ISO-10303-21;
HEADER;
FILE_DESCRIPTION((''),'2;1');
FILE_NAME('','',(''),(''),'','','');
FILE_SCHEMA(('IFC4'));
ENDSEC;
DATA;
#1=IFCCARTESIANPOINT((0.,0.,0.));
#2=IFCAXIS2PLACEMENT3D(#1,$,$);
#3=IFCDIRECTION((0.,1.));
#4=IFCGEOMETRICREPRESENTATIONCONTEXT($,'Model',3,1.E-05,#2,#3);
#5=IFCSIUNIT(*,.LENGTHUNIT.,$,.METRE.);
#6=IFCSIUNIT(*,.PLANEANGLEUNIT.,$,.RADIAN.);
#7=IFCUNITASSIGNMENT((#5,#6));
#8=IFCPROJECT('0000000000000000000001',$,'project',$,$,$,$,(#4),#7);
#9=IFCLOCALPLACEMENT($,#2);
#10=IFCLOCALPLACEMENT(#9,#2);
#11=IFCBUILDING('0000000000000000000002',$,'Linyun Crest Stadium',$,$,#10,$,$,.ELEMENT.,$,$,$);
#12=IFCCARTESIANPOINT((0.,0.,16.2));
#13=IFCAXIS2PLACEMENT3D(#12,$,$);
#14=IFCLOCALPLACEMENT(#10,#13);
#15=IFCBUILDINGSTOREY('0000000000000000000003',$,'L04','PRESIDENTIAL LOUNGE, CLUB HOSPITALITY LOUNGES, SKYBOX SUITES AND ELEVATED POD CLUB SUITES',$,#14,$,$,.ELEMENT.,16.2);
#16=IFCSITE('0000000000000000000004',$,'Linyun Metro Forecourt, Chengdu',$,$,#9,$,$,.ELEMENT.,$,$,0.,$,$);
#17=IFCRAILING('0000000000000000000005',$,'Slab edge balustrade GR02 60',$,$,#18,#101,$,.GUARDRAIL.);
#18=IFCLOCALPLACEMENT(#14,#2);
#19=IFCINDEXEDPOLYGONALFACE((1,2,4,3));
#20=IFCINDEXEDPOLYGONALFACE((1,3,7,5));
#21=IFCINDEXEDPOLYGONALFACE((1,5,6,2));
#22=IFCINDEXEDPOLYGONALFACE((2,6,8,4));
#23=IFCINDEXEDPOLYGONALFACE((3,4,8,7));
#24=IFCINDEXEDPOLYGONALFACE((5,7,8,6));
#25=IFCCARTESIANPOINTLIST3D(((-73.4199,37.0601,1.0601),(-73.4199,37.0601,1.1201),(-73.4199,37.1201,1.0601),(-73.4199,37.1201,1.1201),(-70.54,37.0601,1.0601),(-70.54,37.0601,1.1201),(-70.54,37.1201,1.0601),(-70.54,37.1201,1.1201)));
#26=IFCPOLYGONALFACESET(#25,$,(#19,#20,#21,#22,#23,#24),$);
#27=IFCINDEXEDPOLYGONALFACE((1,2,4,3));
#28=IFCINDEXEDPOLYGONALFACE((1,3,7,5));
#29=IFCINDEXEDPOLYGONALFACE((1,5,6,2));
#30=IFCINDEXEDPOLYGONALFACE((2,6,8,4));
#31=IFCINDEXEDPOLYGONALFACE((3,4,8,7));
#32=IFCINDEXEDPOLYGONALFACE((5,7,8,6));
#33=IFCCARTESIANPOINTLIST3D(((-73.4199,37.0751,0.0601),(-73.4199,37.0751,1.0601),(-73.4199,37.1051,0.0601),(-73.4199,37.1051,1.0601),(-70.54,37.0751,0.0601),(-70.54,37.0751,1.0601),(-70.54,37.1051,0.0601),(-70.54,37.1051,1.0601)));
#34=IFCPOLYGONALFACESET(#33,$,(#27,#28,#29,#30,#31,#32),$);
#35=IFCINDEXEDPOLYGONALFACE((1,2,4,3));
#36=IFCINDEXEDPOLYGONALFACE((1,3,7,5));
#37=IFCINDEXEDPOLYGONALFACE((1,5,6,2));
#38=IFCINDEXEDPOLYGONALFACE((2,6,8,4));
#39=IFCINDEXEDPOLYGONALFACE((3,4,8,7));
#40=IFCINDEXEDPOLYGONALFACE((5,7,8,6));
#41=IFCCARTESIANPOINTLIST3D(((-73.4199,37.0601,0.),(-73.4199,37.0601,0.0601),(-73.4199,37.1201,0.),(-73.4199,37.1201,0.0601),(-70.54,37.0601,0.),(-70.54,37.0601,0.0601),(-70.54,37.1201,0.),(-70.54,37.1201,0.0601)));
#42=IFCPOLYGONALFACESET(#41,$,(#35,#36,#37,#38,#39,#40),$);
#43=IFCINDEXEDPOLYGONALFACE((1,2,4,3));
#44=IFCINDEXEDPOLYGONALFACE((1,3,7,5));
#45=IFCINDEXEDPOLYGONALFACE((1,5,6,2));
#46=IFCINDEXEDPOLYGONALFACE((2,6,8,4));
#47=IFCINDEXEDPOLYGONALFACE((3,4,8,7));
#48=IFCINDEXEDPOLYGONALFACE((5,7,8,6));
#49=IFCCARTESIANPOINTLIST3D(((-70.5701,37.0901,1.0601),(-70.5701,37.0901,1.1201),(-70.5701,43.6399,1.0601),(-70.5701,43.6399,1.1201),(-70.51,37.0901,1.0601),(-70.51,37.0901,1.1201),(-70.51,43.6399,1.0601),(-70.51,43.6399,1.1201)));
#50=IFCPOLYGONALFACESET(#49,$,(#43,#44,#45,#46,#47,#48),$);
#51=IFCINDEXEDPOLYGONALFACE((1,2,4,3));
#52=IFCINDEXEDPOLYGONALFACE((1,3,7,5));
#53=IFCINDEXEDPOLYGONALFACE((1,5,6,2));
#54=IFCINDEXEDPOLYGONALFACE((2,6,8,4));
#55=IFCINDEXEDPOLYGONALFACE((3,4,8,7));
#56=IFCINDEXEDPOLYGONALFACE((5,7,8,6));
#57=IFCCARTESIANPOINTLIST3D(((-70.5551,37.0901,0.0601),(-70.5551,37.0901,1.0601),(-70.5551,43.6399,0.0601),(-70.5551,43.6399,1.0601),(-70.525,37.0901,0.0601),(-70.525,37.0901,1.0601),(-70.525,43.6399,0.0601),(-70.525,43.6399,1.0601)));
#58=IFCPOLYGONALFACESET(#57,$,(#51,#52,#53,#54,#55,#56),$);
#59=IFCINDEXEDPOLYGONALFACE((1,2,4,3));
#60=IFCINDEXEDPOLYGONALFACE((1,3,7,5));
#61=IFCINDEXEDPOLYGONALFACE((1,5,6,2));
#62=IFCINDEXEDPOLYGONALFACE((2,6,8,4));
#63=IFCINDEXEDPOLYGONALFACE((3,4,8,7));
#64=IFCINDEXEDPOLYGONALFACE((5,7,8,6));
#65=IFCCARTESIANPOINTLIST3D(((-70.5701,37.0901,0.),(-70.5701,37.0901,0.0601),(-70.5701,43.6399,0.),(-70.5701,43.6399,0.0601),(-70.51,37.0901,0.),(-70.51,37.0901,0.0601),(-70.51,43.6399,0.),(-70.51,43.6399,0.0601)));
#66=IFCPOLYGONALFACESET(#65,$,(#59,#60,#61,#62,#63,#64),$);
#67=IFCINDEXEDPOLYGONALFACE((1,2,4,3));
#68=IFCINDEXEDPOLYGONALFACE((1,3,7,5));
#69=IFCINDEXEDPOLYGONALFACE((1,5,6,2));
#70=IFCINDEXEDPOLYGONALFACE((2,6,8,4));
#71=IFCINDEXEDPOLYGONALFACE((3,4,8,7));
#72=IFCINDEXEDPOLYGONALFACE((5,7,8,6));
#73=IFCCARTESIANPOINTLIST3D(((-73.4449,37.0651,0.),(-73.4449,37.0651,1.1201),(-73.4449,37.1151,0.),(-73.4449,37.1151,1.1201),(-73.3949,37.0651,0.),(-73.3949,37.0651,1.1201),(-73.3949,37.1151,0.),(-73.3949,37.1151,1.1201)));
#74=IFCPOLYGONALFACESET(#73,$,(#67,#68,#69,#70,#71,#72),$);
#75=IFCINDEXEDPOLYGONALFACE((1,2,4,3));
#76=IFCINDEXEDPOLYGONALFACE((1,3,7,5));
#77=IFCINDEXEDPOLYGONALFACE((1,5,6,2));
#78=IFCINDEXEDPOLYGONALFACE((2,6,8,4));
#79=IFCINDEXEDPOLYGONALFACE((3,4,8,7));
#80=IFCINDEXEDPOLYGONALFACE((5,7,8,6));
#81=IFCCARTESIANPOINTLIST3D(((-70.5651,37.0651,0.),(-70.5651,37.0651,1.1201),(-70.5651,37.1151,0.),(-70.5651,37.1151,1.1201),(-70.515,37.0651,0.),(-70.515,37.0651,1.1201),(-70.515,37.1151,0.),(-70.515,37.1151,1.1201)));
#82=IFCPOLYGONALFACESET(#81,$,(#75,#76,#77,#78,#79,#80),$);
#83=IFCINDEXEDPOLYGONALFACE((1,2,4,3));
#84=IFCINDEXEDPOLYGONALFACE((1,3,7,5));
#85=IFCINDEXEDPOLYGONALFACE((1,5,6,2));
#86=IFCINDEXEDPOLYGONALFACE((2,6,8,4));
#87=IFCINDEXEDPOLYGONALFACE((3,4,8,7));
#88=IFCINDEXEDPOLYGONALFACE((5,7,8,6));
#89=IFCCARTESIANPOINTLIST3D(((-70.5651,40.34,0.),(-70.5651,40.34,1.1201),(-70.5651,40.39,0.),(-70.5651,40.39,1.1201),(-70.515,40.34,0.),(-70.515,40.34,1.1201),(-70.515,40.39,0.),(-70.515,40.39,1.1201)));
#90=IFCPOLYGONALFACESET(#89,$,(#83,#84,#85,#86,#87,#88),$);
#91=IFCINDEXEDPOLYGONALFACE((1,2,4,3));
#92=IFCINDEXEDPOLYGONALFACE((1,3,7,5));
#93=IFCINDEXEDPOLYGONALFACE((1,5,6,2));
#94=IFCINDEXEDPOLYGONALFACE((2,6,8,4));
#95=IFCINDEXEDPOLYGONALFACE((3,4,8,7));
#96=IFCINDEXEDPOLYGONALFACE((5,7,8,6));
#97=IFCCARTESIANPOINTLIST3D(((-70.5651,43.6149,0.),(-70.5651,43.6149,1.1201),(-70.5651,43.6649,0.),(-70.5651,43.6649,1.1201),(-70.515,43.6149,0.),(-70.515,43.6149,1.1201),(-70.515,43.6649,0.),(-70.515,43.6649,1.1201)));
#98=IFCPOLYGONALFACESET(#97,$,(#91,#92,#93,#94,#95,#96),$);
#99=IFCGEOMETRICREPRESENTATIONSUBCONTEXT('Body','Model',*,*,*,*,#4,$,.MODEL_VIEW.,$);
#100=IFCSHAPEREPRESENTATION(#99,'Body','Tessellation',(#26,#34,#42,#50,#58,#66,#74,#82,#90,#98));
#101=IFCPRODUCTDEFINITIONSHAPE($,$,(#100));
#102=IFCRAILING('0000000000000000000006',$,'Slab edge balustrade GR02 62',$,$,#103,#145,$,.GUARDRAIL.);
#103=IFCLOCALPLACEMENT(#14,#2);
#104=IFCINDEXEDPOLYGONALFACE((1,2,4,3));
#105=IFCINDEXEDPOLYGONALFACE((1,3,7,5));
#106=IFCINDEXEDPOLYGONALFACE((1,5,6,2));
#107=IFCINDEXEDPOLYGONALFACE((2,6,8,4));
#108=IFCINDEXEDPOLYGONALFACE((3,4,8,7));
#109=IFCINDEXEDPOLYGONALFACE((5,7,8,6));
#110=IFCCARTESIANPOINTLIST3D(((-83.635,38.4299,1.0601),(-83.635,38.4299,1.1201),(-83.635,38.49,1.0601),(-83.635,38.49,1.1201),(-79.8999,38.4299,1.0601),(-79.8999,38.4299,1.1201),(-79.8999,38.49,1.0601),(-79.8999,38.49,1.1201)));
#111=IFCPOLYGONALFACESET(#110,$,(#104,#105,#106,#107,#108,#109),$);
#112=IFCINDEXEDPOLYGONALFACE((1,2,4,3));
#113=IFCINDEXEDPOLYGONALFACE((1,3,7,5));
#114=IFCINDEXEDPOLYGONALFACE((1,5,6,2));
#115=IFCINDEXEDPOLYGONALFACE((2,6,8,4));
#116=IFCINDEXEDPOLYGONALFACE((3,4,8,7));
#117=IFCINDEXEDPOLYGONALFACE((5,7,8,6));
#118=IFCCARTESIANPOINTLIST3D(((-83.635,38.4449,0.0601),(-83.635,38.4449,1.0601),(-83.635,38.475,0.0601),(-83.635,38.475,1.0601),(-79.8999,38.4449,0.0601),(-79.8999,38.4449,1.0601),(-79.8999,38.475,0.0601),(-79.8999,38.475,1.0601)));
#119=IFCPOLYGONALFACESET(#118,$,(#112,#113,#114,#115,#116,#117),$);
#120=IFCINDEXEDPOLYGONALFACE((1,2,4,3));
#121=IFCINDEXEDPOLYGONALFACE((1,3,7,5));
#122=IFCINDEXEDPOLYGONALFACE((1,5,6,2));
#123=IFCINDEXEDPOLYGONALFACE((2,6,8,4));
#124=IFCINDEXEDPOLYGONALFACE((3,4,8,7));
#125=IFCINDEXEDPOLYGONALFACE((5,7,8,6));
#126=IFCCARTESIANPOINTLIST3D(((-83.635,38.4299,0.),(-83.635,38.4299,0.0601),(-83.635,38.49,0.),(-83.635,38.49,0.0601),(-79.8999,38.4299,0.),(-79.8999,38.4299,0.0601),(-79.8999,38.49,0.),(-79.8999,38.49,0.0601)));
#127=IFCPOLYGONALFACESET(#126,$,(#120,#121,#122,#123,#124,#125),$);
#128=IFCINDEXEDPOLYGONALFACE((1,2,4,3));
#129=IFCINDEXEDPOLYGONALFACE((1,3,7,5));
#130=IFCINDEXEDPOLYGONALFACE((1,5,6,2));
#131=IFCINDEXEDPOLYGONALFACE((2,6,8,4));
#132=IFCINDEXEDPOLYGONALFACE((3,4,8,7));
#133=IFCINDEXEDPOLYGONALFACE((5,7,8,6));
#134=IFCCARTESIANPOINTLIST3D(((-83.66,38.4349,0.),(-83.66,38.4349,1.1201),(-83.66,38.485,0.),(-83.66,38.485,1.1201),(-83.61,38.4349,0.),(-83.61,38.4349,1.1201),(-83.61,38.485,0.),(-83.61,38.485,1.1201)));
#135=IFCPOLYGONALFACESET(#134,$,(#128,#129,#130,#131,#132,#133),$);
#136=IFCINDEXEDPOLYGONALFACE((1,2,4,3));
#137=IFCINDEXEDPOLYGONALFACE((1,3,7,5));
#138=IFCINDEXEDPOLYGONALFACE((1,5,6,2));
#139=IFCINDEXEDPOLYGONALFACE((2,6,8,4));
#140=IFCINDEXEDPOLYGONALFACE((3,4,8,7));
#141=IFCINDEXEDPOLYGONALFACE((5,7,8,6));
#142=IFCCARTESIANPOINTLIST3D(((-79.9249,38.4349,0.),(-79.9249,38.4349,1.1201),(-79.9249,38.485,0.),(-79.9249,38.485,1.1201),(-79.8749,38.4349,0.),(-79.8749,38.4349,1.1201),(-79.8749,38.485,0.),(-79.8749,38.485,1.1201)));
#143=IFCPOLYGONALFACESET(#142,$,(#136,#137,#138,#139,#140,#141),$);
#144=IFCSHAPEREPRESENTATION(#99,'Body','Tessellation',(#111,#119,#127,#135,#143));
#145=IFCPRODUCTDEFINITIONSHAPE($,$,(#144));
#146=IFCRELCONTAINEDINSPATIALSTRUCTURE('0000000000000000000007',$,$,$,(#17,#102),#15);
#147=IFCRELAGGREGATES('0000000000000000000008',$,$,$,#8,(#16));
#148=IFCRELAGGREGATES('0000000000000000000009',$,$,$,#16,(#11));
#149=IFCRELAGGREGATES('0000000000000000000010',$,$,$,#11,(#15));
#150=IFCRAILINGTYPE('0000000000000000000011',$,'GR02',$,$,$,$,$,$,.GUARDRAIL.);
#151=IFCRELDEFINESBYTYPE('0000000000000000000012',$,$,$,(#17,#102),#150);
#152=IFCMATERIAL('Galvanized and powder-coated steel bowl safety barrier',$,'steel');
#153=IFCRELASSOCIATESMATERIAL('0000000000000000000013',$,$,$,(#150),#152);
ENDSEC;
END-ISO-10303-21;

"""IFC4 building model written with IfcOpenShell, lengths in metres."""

from ifc_helpers import new_model, si_unit, direction, frame, origin, origin_2d, place, context, subcontext, project, spatial, rectangle, extrude, material, type_object, element, save


model = new_model("IFC4")

# Units and contexts
model_context = context("Model", 3, precision=1e-05, world=origin(), true_north=direction((0.0, 1.0)))
body_context = subcontext(model_context, "Body", "Model", "MODEL_VIEW")
ifc_project = project(units=[si_unit("LENGTHUNIT", "METRE"), si_unit("PLANEANGLEUNIT", "RADIAN")], contexts=[model_context])

# Site, building, storey
site_placement = place(None, origin())
site = spatial("IfcSite", under=ifc_project, at=site_placement, Name="Linyun Metro Forecourt, Chengdu", CompositionType="ELEMENT", RefElevation=0.0)
building_placement = place(site_placement, origin())
building = spatial("IfcBuilding", under=site, at=building_placement, Name="Linyun Crest Stadium", CompositionType="ELEMENT")
storey_placement = place(building_placement, frame((0.0, 0.0, 16.2)))
storey = spatial("IfcBuildingStorey", under=building, at=storey_placement, Name="L04", Description="PRESIDENTIAL LOUNGE, CLUB HOSPITALITY LOUNGES, SKYBOX SUITES AND ELEVATED POD CLUB SUITES", CompositionType="ELEMENT", Elevation=16.2)

# Railings
ifc_material_1 = material(Name="Galvanized and powder-coated steel bowl safety barrier", Category="steel")
railing_type_1 = type_object("IfcRailingType", Name="GR02", PredefinedType="GUARDRAIL", material=ifc_material_1)
railing_1_placement = place(storey_placement, frame((-73.4199, 37.0901, 0.0)))
element("IfcRailing", 1, at=railing_1_placement, inside=storey, type_object=railing_type_1, Name="Slab edge balustrade GR02 60", PredefinedType="GUARDRAIL", context=body_context, shape_type="SweptSolid", body=[
    extrude(rectangle(XDim=0.0601, YDim=0.0601, at=origin_2d()), frame((0.0, 0.0, 1.0901), z_axis=(1.0, 0.0, 0.0), x_axis=(0.0, 1.0, 0.0)), (0.0, 0.0, 1.0), 2.8799),
    extrude(rectangle(XDim=0.03, YDim=1.0, at=origin_2d()), frame((0.0, 0.0, 0.5601), z_axis=(1.0, 0.0, 0.0), x_axis=(0.0, 1.0, 0.0)), (0.0, 0.0, 1.0), 2.8799),
    extrude(rectangle(XDim=0.0601, YDim=0.0601, at=origin_2d()), frame((0.0, 0.0, 0.03), z_axis=(1.0, 0.0, 0.0), x_axis=(0.0, 1.0, 0.0)), (0.0, 0.0, 1.0), 2.8799),
    extrude(rectangle(XDim=0.0601, YDim=0.0601, at=origin_2d()), frame((2.8799, 0.0, 1.0901), z_axis=(0.0, 1.0, 0.0), x_axis=(-1.0, 0.0, 0.0)), (0.0, 0.0, 1.0), 6.5498),
    extrude(rectangle(XDim=0.03, YDim=1.0, at=origin_2d()), frame((2.8799, 0.0, 0.5601), z_axis=(0.0, 1.0, 0.0), x_axis=(-1.0, 0.0, 0.0)), (0.0, 0.0, 1.0), 6.5498),
    extrude(rectangle(XDim=0.0601, YDim=0.0601, at=origin_2d()), frame((2.8799, 0.0, 0.03), z_axis=(0.0, 1.0, 0.0), x_axis=(-1.0, 0.0, 0.0)), (0.0, 0.0, 1.0), 6.5498),
    extrude(rectangle(XDim=0.05, YDim=0.05, at=origin_2d()), origin(), (0.0, 0.0, 1.0), 1.1201),
    extrude(rectangle(XDim=0.05, YDim=0.05, at=origin_2d()), frame((2.8799, 0.0, 0.0)), (0.0, 0.0, 1.0), 1.1201),
    extrude(rectangle(XDim=0.05, YDim=0.05, at=origin_2d()), frame((2.8799, 3.2749, 0.0)), (0.0, 0.0, 1.0), 1.1201),
    extrude(rectangle(XDim=0.05, YDim=0.05, at=origin_2d()), frame((2.8799, 6.5498, 0.0)), (0.0, 0.0, 1.0), 1.1201),
])
railing_2_placement = place(storey_placement, frame((-83.635, 38.46, 0.0)))
element("IfcRailing", 2, at=railing_2_placement, inside=storey, type_object=railing_type_1, Name="Slab edge balustrade GR02 62", PredefinedType="GUARDRAIL", context=body_context, shape_type="SweptSolid", body=[
    extrude(rectangle(XDim=0.0601, YDim=0.0601, at=origin_2d()), frame((0.0, 0.0, 1.0901), z_axis=(1.0, 0.0, 0.0), x_axis=(0.0, 1.0, 0.0)), (0.0, 0.0, 1.0), 3.7351),
    extrude(rectangle(XDim=0.03, YDim=1.0, at=origin_2d()), frame((0.0, 0.0, 0.5601), z_axis=(1.0, 0.0, 0.0), x_axis=(0.0, 1.0, 0.0)), (0.0, 0.0, 1.0), 3.7351),
    extrude(rectangle(XDim=0.0601, YDim=0.0601, at=origin_2d()), frame((0.0, 0.0, 0.03), z_axis=(1.0, 0.0, 0.0), x_axis=(0.0, 1.0, 0.0)), (0.0, 0.0, 1.0), 3.7351),
    extrude(rectangle(XDim=0.05, YDim=0.05, at=origin_2d()), origin(), (0.0, 0.0, 1.0), 1.1201),
    extrude(rectangle(XDim=0.05, YDim=0.05, at=origin_2d()), frame((3.7351, 0.0, 0.0)), (0.0, 0.0, 1.0), 1.1201),
])

save(model, "model.ifc")
